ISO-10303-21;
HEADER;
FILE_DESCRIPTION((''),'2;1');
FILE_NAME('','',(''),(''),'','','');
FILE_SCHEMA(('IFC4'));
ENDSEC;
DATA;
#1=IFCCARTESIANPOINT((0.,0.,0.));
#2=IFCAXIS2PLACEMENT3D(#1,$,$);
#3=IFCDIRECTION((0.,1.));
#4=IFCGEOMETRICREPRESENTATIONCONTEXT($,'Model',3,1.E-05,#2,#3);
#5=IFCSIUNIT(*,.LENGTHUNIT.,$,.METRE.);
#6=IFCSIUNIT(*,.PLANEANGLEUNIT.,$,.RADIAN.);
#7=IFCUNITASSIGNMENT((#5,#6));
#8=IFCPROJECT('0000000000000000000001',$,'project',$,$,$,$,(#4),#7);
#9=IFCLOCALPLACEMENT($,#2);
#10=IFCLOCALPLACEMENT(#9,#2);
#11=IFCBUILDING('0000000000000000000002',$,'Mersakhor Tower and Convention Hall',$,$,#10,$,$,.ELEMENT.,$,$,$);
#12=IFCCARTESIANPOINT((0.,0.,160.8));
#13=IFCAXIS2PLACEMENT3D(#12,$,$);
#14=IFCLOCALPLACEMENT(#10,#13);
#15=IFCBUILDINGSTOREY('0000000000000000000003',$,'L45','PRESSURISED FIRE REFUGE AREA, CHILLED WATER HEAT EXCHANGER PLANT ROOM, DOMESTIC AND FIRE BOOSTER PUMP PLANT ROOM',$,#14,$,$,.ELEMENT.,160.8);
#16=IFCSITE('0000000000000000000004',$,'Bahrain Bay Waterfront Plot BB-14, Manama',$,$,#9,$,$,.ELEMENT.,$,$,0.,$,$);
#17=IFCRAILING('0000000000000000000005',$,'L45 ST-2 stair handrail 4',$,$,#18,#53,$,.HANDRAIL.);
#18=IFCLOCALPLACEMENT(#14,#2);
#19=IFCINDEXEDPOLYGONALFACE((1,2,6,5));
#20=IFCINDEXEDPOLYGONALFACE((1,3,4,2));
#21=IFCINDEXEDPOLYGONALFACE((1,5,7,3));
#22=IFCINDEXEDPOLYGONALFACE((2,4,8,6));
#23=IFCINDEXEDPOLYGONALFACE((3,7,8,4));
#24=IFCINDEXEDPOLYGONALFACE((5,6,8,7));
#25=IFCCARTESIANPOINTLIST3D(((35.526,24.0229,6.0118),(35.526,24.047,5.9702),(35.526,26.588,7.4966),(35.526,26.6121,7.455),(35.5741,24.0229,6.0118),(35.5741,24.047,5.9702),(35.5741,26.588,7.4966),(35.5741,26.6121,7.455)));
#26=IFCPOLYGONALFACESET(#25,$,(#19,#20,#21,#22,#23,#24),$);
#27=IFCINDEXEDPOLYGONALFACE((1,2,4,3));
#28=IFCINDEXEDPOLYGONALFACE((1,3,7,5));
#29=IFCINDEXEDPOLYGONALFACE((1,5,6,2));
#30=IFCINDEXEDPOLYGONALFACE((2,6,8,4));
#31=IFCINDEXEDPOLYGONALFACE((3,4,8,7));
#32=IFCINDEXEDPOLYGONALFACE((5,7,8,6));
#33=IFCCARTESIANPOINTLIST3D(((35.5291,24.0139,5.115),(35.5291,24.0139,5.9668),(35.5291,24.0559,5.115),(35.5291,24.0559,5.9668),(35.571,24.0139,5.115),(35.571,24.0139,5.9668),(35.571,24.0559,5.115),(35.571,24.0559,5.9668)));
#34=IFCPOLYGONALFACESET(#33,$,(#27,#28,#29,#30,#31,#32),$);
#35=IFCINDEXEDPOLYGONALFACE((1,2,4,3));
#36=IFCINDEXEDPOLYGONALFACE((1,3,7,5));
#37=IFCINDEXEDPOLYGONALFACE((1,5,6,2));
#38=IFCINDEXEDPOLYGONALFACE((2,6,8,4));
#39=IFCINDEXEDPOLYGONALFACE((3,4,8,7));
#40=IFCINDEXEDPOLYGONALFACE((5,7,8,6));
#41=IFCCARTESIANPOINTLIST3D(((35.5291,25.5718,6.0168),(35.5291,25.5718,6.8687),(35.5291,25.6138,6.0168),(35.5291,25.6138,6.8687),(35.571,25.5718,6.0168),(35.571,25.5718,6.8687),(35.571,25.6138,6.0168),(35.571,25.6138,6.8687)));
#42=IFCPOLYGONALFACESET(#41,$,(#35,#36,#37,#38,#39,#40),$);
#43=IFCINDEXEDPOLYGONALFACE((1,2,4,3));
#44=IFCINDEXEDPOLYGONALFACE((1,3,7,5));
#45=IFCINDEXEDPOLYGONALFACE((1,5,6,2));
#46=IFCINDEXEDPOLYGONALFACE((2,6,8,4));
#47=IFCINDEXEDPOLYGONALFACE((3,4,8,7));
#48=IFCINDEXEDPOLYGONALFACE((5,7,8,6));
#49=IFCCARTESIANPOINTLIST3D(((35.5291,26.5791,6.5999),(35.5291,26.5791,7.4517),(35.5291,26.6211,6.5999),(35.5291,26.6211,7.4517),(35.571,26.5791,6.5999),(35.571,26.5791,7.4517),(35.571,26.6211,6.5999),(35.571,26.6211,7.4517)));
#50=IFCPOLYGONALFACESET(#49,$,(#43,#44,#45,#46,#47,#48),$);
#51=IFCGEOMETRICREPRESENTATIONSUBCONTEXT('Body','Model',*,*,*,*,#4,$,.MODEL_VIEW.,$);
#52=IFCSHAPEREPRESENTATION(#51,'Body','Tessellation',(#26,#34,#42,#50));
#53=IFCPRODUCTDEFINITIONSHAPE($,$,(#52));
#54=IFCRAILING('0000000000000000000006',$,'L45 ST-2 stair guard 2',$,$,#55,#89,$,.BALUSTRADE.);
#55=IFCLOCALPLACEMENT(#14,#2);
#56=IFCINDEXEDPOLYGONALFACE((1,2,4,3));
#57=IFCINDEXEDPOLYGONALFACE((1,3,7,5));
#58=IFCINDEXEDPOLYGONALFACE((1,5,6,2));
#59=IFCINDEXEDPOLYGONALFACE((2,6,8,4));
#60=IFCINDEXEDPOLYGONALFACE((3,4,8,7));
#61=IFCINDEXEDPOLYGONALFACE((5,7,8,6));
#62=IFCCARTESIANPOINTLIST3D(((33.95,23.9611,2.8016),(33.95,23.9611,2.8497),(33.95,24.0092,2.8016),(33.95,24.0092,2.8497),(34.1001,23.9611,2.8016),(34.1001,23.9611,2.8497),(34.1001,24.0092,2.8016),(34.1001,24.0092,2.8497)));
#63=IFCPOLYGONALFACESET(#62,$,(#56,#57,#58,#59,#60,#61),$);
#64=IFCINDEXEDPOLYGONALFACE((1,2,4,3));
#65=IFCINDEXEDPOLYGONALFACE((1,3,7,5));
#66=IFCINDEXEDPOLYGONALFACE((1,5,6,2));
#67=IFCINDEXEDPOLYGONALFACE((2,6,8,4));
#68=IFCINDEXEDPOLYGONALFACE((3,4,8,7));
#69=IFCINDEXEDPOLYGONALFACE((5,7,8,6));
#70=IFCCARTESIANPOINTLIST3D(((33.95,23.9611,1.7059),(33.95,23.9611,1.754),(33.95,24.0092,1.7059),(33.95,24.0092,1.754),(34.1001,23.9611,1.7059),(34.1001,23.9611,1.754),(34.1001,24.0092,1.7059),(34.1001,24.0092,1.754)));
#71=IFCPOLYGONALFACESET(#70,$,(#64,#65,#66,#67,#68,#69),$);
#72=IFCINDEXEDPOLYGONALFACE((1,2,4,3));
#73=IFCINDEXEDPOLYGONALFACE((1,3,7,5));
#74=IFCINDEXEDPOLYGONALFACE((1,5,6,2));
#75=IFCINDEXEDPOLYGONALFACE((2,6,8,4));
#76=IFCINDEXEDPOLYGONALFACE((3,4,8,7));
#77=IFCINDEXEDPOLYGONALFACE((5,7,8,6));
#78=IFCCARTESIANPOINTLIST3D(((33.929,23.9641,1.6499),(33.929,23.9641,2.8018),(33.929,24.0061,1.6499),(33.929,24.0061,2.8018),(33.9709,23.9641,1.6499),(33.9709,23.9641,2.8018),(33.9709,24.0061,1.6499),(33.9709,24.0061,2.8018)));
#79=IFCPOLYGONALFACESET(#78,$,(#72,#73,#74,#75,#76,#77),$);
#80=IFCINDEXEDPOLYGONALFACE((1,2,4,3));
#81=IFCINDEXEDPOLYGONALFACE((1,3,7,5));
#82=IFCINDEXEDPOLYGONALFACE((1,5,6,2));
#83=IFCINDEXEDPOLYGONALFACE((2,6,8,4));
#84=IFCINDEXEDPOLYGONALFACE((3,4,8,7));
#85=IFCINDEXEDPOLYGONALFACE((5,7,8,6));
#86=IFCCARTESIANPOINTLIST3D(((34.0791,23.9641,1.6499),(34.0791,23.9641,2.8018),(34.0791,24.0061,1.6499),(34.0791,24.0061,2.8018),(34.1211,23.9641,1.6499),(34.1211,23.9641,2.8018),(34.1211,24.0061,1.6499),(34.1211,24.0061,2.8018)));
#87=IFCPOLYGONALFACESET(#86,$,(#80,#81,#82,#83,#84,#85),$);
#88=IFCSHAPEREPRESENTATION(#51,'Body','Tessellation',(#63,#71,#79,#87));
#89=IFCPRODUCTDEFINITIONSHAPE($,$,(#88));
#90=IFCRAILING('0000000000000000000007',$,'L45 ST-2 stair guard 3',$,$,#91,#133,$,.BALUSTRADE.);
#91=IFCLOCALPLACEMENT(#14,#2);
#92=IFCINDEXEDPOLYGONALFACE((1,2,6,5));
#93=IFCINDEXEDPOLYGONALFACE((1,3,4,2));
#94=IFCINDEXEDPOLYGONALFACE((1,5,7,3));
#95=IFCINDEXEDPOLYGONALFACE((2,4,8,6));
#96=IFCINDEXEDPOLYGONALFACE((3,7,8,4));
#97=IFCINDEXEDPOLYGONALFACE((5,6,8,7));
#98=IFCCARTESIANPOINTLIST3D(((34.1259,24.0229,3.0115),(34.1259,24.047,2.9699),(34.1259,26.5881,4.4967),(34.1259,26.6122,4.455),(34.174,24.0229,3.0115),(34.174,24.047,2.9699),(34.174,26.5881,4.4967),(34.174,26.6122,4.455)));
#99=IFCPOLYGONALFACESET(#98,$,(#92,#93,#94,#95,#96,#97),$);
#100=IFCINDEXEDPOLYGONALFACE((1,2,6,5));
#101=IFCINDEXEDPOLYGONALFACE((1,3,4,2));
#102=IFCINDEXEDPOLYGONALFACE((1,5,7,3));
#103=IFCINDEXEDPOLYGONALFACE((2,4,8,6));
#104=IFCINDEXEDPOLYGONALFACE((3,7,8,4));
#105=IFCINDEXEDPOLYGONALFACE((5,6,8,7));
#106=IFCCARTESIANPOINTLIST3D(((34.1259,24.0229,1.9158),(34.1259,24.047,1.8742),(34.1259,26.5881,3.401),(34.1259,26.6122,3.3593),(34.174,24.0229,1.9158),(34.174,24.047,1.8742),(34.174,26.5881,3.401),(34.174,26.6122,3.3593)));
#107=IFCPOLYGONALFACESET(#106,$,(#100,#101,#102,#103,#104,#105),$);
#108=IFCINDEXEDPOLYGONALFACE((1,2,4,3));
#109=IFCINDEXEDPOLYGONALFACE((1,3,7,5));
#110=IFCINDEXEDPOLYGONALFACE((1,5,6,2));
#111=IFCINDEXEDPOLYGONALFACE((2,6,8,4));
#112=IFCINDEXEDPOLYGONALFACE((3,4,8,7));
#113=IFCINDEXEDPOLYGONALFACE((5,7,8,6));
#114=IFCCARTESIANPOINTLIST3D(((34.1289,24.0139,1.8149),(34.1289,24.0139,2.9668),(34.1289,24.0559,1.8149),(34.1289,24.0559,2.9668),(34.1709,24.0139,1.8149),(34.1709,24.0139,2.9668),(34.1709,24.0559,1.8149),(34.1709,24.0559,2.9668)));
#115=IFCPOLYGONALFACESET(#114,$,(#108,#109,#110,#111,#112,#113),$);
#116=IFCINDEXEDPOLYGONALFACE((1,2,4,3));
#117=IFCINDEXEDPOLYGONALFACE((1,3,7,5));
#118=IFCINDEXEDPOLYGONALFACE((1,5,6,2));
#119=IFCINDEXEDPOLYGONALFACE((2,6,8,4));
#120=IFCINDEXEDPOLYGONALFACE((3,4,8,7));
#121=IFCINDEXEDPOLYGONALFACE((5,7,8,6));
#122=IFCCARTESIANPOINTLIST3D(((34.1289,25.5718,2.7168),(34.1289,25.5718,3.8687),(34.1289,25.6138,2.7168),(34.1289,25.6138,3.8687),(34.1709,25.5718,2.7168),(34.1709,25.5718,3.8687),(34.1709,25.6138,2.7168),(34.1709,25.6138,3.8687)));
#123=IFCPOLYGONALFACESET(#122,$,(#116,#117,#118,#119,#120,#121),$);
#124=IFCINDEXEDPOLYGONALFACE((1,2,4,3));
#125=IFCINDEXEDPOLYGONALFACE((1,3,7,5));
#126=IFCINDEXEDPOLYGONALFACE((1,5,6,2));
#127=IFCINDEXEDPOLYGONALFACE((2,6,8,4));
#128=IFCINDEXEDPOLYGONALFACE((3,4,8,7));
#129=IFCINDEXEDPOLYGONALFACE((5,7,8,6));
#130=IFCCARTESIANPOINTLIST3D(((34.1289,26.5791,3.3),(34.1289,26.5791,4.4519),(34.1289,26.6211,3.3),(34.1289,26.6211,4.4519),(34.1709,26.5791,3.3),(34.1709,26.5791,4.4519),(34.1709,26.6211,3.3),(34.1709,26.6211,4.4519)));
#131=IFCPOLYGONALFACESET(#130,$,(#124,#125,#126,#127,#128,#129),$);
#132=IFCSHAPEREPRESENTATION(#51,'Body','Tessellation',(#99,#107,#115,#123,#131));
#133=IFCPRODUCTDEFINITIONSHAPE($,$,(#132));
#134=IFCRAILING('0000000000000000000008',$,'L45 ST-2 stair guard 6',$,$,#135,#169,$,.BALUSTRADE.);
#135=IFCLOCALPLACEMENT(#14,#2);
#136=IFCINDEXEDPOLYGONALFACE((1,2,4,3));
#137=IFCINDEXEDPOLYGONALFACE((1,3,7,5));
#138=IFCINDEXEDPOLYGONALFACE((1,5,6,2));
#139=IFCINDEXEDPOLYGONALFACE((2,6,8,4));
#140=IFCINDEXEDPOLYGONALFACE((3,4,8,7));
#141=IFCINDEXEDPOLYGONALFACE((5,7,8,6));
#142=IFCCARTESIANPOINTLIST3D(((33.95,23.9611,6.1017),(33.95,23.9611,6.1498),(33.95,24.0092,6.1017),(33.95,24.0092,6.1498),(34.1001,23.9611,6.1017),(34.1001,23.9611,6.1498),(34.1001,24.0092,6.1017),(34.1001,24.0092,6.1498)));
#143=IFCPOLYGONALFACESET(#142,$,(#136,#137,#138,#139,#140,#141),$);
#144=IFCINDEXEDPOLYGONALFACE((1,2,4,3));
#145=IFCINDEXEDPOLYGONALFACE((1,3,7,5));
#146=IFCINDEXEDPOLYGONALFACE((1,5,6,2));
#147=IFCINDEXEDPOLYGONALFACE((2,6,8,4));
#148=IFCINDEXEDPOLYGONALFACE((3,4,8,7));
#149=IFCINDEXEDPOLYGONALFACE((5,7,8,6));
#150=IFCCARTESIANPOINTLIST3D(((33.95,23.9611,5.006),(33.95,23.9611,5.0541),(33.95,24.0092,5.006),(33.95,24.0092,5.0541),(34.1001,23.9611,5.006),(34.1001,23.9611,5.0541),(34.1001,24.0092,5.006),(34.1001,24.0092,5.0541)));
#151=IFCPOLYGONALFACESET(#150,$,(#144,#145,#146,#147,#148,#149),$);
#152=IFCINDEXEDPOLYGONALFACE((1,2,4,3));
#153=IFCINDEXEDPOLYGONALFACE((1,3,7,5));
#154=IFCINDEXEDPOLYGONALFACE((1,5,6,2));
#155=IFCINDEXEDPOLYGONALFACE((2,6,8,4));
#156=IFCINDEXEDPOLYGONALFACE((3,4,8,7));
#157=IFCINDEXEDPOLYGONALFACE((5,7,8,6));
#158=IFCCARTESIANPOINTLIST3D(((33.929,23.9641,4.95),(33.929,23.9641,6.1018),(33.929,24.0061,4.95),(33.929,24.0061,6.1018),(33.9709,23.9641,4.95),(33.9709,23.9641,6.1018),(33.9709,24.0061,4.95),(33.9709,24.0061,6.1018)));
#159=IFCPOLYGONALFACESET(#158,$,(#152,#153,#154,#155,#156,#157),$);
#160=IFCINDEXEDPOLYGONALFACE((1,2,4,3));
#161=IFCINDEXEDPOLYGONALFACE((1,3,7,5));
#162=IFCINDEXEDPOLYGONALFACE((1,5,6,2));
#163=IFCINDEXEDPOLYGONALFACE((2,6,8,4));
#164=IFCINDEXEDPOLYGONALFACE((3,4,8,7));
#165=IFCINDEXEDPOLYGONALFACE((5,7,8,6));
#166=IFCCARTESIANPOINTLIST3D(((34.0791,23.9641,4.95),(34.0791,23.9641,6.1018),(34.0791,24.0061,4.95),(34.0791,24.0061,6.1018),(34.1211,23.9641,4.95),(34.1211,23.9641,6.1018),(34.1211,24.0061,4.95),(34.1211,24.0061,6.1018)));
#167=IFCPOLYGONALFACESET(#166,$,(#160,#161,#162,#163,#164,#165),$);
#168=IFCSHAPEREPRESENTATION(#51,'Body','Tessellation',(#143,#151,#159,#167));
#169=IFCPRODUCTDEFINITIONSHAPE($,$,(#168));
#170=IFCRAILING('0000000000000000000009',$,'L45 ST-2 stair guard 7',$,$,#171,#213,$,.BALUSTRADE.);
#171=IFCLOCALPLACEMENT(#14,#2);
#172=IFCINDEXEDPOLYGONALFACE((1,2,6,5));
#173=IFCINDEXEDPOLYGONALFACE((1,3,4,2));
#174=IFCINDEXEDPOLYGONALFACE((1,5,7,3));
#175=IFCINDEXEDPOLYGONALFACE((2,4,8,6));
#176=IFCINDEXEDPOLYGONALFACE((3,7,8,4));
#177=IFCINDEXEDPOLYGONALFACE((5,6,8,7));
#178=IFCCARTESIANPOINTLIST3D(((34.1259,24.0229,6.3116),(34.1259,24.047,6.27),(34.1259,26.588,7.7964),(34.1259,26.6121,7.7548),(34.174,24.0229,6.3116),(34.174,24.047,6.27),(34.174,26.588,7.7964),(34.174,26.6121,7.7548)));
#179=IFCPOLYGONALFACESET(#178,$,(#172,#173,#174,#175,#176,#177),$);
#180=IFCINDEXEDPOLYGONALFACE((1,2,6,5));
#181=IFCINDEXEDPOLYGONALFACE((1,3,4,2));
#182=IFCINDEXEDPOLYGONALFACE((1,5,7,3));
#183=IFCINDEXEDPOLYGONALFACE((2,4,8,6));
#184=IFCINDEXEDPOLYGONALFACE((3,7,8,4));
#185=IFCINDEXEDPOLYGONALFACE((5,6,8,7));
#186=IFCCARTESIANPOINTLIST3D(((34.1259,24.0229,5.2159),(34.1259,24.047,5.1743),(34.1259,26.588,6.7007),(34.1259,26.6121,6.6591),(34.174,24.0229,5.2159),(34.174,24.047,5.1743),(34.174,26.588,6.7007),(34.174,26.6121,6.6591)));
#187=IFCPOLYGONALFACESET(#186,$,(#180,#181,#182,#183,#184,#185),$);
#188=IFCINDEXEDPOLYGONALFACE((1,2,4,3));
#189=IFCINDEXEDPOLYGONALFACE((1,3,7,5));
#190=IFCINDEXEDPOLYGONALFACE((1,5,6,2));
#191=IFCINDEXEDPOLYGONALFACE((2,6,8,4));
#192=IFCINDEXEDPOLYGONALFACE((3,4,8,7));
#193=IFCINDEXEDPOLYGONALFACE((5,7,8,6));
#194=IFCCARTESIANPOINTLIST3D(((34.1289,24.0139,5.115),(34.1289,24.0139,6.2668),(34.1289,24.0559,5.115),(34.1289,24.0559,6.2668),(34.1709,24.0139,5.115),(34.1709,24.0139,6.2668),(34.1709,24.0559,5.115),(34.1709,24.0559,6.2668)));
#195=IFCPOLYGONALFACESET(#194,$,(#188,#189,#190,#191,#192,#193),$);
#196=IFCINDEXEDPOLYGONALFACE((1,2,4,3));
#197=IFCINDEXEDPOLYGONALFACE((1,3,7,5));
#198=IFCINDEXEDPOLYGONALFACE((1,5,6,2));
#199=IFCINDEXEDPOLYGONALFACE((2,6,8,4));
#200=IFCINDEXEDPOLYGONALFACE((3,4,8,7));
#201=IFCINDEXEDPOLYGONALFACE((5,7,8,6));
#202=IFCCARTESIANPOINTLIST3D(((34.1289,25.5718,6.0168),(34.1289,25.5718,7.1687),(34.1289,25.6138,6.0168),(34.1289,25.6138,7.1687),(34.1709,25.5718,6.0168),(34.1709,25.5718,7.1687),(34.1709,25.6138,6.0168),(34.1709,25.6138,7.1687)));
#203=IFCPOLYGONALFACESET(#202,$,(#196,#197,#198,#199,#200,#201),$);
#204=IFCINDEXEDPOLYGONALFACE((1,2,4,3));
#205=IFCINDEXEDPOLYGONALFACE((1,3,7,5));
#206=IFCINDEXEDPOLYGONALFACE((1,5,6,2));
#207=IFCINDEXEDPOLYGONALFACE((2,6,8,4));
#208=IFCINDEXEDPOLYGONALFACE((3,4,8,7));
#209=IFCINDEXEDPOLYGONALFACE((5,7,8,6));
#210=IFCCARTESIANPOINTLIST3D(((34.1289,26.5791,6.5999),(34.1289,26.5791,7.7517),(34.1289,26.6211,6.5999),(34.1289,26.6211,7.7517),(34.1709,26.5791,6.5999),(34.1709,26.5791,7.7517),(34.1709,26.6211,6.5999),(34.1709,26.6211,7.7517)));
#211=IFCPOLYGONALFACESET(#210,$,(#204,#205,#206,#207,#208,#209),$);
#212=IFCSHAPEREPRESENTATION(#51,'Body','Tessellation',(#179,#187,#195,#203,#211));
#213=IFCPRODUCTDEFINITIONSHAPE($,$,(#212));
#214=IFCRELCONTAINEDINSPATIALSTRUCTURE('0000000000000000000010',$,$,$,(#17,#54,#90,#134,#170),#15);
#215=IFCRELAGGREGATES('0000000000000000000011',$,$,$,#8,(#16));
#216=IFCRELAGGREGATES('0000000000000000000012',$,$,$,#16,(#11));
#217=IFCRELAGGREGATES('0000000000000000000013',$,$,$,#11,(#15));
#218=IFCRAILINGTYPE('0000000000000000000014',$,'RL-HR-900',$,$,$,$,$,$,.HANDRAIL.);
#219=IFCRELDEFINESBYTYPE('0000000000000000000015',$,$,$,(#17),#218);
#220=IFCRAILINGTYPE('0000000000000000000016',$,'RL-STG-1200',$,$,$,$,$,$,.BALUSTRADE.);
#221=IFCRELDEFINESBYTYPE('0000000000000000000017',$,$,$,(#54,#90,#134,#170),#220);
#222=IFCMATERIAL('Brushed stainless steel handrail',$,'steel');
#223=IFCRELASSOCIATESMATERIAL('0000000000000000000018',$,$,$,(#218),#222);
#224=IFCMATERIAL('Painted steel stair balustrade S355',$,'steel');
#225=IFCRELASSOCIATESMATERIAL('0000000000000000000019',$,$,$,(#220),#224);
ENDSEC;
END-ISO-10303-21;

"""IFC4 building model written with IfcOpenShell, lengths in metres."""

from ifc_helpers import new_model, si_unit, direction, frame, origin, origin_2d, place, context, subcontext, project, spatial, rectangle, extrude, material, type_object, element, save


model = new_model("IFC4")

# Units and contexts
model_context = context("Model", 3, precision=1e-05, world=origin(), true_north=direction((0.0, 1.0)))
body_context = subcontext(model_context, "Body", "Model", "MODEL_VIEW")
ifc_project = project(units=[si_unit("LENGTHUNIT", "METRE"), si_unit("PLANEANGLEUNIT", "RADIAN")], contexts=[model_context])

# Site, building, storey
site_placement = place(None, origin())
site = spatial("IfcSite", under=ifc_project, at=site_placement, Name="Bahrain Bay Waterfront Plot BB-14, Manama", CompositionType="ELEMENT", RefElevation=0.0)
building_placement = place(site_placement, origin())
building = spatial("IfcBuilding", under=site, at=building_placement, Name="Mersakhor Tower and Convention Hall", CompositionType="ELEMENT")
storey_placement = place(building_placement, frame((0.0, 0.0, 160.8)))
storey = spatial("IfcBuildingStorey", under=building, at=storey_placement, Name="L45", Description="PRESSURISED FIRE REFUGE AREA, CHILLED WATER HEAT EXCHANGER PLANT ROOM, DOMESTIC AND FIRE BOOSTER PUMP PLANT ROOM", CompositionType="ELEMENT", Elevation=160.8)

# Railings
ifc_material_1 = material(Name="Brushed stainless steel handrail", Category="steel")
railing_type_1 = type_object("IfcRailingType", Name="RL-HR-900", PredefinedType="HANDRAIL", material=ifc_material_1)
railing_1_placement = place(storey_placement, frame((35.55, 24.0349, 5.115)))
element("IfcRailing", 1, at=railing_1_placement, inside=storey, type_object=railing_type_1, Name="L45 ST-2 stair handrail 4", PredefinedType="HANDRAIL", context=body_context, shape_type="SweptSolid", body=[
    extrude(rectangle(XDim=0.0481, YDim=0.0481, at=origin_2d()), frame((0.0, 0.0, 0.876), z_axis=(0.0, 0.865462, 0.500975), x_axis=(-1.0, 0.0, 0.0)), (0.0, 0.0, 1.0), 2.9639),
    extrude(rectangle(XDim=0.042, YDim=0.042, at=origin_2d()), origin(), (0.0, 0.0, 1.0), 0.8518),
    extrude(rectangle(XDim=0.042, YDim=0.042, at=origin_2d()), frame((0.0, 1.5579, 0.9019)), (0.0, 0.0, 1.0), 0.8518),
    extrude(rectangle(XDim=0.042, YDim=0.042, at=origin_2d()), frame((0.0, 2.5652, 1.4849)), (0.0, 0.0, 1.0), 0.8518),
])
ifc_material_2 = material(Name="Painted steel stair balustrade S355", Category="steel")
railing_type_2 = type_object("IfcRailingType", Name="RL-STG-1200", PredefinedType="BALUSTRADE", material=ifc_material_2)
railing_2_placement = place(storey_placement, frame((33.95, 23.9851, 1.6499)))
element("IfcRailing", 2, at=railing_2_placement, inside=storey, type_object=railing_type_2, Name="L45 ST-2 stair guard 2", PredefinedType="BALUSTRADE", context=body_context, shape_type="SweptSolid", body=[
    extrude(rectangle(XDim=0.0481, YDim=0.0481, at=origin_2d()), frame((0.0, 0.0, 1.1758), z_axis=(1.0, 0.0, 0.0), x_axis=(0.0, 1.0, 0.0)), (0.0, 0.0, 1.0), 0.1501),
    extrude(rectangle(XDim=0.0481, YDim=0.0481, at=origin_2d()), frame((0.0, 0.0, 0.0801), z_axis=(1.0, 0.0, 0.0), x_axis=(0.0, 1.0, 0.0)), (0.0, 0.0, 1.0), 0.1501),
    extrude(rectangle(XDim=0.042, YDim=0.042, at=origin_2d()), origin(), (0.0, 0.0, 1.0), 1.1519),
    extrude(rectangle(XDim=0.042, YDim=0.042, at=origin_2d()), frame((0.1501, 0.0, 0.0)), (0.0, 0.0, 1.0), 1.1519),
])
railing_3_placement = place(storey_placement, frame((34.1499, 24.0349, 1.8149)))
element("IfcRailing", 3, at=railing_3_placement, inside=storey, type_object=railing_type_2, Name="L45 ST-2 stair guard 3", PredefinedType="BALUSTRADE", context=body_context, shape_type="SweptSolid", body=[
    extrude(rectangle(XDim=0.0481, YDim=0.0481, at=origin_2d()), frame((0.0, 0.0, 1.1758), z_axis=(0.0, 0.865426, 0.501036), x_axis=(-1.0, 0.0, 0.0)), (0.0, 0.0, 1.0), 2.9641),
    extrude(rectangle(XDim=0.0481, YDim=0.0481, at=origin_2d()), frame((0.0, 0.0, 0.0801), z_axis=(0.0, 0.865426, 0.501036), x_axis=(-1.0, 0.0, 0.0)), (0.0, 0.0, 1.0), 2.9641),
    extrude(rectangle(XDim=0.042, YDim=0.042, at=origin_2d()), origin(), (0.0, 0.0, 1.0), 1.1519),
    extrude(rectangle(XDim=0.042, YDim=0.042, at=origin_2d()), frame((0.0, 1.5579, 0.9019)), (0.0, 0.0, 1.0), 1.1519),
    extrude(rectangle(XDim=0.042, YDim=0.042, at=origin_2d()), frame((0.0, 2.5652, 1.4851)), (0.0, 0.0, 1.0), 1.1519),
])
railing_4_placement = place(storey_placement, frame((33.95, 23.9851, 4.95)))
element("IfcRailing", 4, at=railing_4_placement, inside=storey, type_object=railing_type_2, Name="L45 ST-2 stair guard 6", PredefinedType="BALUSTRADE", context=body_context, shape_type="SweptSolid", body=[
    extrude(rectangle(XDim=0.0481, YDim=0.0481, at=origin_2d()), frame((0.0, 0.0, 1.1758), z_axis=(1.0, 0.0, 0.0), x_axis=(0.0, 1.0, 0.0)), (0.0, 0.0, 1.0), 0.1501),
    extrude(rectangle(XDim=0.0481, YDim=0.0481, at=origin_2d()), frame((0.0, 0.0, 0.0801), z_axis=(1.0, 0.0, 0.0), x_axis=(0.0, 1.0, 0.0)), (0.0, 0.0, 1.0), 0.1501),
    extrude(rectangle(XDim=0.042, YDim=0.042, at=origin_2d()), origin(), (0.0, 0.0, 1.0), 1.1519),
    extrude(rectangle(XDim=0.042, YDim=0.042, at=origin_2d()), frame((0.1501, 0.0, 0.0)), (0.0, 0.0, 1.0), 1.1519),
])
railing_5_placement = place(storey_placement, frame((34.1499, 24.0349, 5.115)))
element("IfcRailing", 5, at=railing_5_placement, inside=storey, type_object=railing_type_2, Name="L45 ST-2 stair guard 7", PredefinedType="BALUSTRADE", context=body_context, shape_type="SweptSolid", body=[
    extrude(rectangle(XDim=0.0481, YDim=0.0481, at=origin_2d()), frame((0.0, 0.0, 1.1758), z_axis=(0.0, 0.865462, 0.500975), x_axis=(-1.0, 0.0, 0.0)), (0.0, 0.0, 1.0), 2.9639),
    extrude(rectangle(XDim=0.0481, YDim=0.0481, at=origin_2d()), frame((0.0, 0.0, 0.0801), z_axis=(0.0, 0.865462, 0.500975), x_axis=(-1.0, 0.0, 0.0)), (0.0, 0.0, 1.0), 2.9639),
    extrude(rectangle(XDim=0.042, YDim=0.042, at=origin_2d()), origin(), (0.0, 0.0, 1.0), 1.1519),
    extrude(rectangle(XDim=0.042, YDim=0.042, at=origin_2d()), frame((0.0, 1.5579, 0.9019)), (0.0, 0.0, 1.0), 1.1519),
    extrude(rectangle(XDim=0.042, YDim=0.042, at=origin_2d()), frame((0.0, 2.5652, 1.4849)), (0.0, 0.0, 1.0), 1.1519),
])

save(model, "model.ifc")
